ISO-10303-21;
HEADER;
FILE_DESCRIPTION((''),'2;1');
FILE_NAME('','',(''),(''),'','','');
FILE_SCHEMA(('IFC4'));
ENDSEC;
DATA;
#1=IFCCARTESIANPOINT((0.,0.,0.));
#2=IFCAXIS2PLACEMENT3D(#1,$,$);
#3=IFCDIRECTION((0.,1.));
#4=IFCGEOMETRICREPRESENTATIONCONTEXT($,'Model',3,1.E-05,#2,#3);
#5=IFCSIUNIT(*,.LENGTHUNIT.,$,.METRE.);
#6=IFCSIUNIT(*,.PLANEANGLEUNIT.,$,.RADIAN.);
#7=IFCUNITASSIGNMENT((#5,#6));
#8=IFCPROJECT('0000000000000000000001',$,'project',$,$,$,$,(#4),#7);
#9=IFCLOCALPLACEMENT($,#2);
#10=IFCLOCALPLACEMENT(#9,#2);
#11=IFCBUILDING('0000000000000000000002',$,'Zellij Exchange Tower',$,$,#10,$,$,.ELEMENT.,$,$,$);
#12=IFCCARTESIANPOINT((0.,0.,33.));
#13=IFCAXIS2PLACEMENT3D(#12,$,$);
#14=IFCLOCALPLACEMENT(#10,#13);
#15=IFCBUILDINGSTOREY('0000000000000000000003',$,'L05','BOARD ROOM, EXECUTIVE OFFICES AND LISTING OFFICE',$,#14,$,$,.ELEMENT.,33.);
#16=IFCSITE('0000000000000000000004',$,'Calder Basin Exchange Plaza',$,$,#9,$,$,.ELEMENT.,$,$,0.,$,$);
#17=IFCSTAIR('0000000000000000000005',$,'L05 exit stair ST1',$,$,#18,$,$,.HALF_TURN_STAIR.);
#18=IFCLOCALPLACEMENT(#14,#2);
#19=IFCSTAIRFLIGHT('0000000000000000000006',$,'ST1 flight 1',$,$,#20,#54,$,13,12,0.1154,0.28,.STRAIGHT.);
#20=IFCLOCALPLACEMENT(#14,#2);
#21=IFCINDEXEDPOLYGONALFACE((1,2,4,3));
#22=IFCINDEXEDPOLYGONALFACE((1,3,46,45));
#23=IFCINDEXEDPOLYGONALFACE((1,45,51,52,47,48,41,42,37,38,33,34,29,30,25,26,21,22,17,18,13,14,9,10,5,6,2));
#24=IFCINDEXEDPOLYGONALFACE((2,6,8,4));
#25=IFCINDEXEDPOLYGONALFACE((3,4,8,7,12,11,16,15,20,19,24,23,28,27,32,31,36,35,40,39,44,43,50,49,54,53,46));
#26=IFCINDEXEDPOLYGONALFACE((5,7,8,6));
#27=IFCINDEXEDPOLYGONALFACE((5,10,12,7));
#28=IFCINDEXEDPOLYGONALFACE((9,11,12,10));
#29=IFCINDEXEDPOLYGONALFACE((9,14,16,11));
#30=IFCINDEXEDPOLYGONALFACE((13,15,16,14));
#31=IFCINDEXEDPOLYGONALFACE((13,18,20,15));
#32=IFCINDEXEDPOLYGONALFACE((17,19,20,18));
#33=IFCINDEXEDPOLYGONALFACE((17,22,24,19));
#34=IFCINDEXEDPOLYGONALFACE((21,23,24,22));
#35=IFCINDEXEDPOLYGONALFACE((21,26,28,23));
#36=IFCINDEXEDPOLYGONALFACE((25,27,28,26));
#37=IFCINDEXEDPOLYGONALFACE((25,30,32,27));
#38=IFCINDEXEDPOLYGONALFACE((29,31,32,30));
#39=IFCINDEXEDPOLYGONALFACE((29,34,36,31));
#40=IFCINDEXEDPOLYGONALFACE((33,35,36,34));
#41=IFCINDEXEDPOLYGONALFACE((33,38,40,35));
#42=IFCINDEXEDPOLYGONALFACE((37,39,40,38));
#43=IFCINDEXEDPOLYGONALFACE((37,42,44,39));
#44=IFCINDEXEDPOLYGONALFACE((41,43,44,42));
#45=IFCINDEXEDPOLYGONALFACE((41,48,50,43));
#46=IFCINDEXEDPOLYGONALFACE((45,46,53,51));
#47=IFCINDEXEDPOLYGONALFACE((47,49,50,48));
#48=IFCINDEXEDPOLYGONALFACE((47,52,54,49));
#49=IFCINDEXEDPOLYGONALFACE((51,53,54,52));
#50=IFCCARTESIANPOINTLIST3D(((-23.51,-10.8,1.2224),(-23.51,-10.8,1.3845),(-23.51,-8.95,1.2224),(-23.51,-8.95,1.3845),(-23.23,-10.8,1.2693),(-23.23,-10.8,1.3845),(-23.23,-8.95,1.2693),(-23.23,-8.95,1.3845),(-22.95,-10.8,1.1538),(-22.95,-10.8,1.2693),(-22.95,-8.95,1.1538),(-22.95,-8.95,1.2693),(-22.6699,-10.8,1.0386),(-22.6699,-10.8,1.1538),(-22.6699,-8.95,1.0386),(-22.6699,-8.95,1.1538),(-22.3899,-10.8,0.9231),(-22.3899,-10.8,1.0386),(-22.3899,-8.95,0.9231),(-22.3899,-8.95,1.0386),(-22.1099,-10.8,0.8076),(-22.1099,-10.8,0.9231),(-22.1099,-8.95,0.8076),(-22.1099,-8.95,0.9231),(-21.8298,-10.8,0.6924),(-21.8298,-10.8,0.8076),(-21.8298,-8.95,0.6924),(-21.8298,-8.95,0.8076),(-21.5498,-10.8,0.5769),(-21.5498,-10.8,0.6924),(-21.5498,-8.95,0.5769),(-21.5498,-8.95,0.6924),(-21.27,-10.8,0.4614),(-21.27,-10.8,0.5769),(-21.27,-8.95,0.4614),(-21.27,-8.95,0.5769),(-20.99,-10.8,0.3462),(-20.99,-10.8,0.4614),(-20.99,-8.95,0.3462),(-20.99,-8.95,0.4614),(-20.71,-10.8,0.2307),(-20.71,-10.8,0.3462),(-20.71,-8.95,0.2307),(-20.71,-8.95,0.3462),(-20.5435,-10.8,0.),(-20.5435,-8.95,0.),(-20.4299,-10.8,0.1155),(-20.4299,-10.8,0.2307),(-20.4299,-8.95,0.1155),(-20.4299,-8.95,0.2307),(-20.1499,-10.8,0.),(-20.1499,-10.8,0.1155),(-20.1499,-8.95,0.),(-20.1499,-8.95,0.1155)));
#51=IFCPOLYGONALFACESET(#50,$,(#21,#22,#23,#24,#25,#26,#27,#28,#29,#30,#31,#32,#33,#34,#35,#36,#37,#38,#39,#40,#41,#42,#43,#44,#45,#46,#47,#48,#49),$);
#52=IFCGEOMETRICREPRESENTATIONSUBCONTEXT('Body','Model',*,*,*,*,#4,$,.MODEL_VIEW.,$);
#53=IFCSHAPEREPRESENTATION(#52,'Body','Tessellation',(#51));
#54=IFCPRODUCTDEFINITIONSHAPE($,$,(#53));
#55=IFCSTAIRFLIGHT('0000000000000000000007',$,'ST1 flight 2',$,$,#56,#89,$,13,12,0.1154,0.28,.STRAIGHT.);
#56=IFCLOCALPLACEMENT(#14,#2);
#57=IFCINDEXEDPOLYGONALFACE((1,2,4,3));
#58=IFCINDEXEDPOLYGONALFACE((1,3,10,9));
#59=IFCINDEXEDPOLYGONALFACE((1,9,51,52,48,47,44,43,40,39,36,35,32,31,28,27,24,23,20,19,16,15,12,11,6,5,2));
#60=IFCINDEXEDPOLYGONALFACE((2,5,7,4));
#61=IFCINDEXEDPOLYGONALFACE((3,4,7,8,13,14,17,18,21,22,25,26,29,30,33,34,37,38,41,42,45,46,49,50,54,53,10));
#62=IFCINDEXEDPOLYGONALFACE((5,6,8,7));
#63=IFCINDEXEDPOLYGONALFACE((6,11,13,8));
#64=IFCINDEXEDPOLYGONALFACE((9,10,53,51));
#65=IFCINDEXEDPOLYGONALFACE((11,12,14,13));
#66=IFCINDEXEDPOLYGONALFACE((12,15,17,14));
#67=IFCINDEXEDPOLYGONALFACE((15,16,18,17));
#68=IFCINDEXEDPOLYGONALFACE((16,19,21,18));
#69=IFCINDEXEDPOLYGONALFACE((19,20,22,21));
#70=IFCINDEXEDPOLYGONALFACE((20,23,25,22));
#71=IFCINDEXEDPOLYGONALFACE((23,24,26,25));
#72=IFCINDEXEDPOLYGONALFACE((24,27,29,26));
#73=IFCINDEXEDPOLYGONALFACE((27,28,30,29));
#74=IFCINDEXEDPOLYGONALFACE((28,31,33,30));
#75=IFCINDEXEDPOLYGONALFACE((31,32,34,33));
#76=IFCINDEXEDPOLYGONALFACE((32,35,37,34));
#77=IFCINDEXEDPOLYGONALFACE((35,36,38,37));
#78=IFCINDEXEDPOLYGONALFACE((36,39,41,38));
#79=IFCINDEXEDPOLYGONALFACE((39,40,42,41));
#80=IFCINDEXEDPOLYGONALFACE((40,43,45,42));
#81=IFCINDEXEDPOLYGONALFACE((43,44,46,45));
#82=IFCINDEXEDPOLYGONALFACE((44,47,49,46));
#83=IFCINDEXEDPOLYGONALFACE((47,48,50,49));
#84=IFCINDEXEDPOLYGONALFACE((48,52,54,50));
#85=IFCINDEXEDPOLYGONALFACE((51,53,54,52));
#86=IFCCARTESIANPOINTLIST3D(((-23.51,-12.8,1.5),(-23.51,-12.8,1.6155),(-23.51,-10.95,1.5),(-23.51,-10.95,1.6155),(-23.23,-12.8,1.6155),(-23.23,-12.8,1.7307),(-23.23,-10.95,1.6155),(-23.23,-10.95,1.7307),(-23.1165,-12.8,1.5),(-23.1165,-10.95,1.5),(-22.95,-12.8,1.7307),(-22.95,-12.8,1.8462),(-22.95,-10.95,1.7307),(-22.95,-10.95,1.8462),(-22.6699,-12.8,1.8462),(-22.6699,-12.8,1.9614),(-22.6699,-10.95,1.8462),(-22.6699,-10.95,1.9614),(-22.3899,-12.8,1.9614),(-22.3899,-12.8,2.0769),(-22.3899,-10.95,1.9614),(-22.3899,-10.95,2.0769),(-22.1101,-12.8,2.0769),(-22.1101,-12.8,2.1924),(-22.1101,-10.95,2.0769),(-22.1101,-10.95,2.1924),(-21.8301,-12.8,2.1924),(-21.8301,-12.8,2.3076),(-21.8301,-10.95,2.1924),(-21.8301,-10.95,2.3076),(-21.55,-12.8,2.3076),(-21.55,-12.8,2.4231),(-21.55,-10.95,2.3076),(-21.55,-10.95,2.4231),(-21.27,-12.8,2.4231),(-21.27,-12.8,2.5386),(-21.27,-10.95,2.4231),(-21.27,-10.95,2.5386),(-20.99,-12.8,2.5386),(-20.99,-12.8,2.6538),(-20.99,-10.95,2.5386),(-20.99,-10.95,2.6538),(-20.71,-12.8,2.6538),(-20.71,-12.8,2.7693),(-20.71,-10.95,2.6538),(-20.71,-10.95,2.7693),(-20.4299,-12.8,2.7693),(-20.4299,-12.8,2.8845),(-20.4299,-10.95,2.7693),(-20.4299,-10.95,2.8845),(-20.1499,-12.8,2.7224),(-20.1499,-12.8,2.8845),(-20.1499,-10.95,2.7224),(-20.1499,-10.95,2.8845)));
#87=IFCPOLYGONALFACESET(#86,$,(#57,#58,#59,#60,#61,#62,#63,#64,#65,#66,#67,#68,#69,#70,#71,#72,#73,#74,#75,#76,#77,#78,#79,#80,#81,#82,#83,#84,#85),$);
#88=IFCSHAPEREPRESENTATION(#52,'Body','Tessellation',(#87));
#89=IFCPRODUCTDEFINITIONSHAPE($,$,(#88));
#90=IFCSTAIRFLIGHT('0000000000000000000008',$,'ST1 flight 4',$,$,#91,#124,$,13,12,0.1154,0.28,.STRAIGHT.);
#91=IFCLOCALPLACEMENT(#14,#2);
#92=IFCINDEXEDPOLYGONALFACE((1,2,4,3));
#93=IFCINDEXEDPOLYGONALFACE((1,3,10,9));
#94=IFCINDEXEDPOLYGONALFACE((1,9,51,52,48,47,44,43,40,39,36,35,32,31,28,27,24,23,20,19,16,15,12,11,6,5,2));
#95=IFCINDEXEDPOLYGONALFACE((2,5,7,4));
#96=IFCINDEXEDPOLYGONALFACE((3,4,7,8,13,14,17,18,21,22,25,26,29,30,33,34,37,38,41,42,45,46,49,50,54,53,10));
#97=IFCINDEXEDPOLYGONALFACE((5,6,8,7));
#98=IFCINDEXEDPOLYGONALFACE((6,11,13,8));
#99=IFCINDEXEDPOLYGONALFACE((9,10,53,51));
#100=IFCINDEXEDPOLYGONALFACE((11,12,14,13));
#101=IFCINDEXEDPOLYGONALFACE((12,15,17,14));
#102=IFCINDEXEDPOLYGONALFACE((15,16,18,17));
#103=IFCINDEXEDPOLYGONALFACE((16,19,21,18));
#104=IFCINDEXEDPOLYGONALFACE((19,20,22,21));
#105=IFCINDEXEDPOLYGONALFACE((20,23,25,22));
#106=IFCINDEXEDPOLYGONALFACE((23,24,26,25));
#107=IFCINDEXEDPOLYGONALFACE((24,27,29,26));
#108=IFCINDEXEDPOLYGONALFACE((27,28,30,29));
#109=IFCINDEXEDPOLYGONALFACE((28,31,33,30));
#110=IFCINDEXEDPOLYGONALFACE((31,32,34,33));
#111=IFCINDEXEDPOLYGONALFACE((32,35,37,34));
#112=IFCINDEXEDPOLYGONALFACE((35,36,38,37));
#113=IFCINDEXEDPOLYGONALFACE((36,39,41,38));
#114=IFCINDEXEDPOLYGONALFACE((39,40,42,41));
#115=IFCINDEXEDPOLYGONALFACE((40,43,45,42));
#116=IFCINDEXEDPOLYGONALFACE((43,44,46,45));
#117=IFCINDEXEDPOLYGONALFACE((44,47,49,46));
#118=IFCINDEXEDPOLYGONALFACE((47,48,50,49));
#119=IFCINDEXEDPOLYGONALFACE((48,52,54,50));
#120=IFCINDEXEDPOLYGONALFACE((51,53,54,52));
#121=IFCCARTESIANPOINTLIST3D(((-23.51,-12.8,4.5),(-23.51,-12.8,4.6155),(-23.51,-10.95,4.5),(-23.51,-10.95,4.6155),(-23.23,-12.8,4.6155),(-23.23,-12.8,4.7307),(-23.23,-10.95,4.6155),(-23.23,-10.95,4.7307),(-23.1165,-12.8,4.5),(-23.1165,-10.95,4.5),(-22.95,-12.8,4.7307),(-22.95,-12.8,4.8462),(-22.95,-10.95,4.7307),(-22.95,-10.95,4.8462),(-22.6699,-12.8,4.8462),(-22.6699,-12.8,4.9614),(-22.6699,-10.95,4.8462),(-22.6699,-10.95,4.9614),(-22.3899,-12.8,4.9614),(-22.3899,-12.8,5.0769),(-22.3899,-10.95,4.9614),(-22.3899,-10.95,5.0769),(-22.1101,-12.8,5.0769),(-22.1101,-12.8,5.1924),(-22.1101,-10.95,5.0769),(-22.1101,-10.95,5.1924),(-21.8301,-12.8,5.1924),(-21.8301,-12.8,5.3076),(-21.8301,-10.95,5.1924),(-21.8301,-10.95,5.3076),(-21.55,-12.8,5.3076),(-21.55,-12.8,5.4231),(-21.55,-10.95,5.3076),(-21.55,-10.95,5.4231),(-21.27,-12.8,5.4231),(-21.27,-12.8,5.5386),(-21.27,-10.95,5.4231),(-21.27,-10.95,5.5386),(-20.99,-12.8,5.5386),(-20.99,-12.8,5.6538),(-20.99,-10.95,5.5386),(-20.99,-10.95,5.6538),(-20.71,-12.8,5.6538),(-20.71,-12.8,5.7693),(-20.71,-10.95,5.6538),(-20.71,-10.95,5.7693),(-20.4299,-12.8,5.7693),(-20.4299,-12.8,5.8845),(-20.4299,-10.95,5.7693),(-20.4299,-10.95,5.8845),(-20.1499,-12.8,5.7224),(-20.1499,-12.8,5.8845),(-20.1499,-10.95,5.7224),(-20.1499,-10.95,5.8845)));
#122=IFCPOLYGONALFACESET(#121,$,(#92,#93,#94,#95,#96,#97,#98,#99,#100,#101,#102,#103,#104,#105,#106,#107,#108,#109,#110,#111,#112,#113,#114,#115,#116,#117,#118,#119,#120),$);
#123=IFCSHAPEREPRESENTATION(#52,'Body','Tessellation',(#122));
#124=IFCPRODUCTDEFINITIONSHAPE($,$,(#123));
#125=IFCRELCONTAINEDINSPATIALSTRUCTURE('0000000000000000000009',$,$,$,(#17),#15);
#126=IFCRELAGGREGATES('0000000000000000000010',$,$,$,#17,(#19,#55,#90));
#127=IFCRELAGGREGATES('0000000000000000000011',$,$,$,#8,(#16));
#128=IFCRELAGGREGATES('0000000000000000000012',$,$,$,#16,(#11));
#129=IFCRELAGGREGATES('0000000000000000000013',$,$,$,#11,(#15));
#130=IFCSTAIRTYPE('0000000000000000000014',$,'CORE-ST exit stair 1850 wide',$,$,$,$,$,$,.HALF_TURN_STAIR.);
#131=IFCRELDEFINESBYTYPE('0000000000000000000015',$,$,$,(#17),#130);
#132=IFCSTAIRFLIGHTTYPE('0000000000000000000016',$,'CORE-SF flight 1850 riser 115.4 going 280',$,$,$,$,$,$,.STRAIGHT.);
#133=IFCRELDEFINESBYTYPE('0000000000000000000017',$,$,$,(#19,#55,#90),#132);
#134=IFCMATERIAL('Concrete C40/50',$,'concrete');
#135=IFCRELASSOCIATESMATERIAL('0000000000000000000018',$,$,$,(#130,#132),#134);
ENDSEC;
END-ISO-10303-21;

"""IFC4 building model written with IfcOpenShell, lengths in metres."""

from ifc_helpers import new_model, si_unit, direction, frame, origin, place, context, subcontext, project, spatial, polyline, outline, extrude, material, type_object, element, aggregate, save


model = new_model("IFC4")

# Units and contexts
model_context = context("Model", 3, precision=1e-05, world=origin(), true_north=direction((0.0, 1.0)))
body_context = subcontext(model_context, "Body", "Model", "MODEL_VIEW")
ifc_project = project(units=[si_unit("LENGTHUNIT", "METRE"), si_unit("PLANEANGLEUNIT", "RADIAN")], contexts=[model_context])

# Site, building, storey
site_placement = place(None, origin())
site = spatial("IfcSite", under=ifc_project, at=site_placement, Name="Calder Basin Exchange Plaza", CompositionType="ELEMENT", RefElevation=0.0)
building_placement = place(site_placement, origin())
building = spatial("IfcBuilding", under=site, at=building_placement, Name="Zellij Exchange Tower", CompositionType="ELEMENT")
storey_placement = place(building_placement, frame((0.0, 0.0, 33.0)))
storey = spatial("IfcBuildingStorey", under=building, at=storey_placement, Name="L05", Description="BOARD ROOM, EXECUTIVE OFFICES AND LISTING OFFICE", CompositionType="ELEMENT", Elevation=33.0)

# Stair, stair flights
ifc_material_1 = material(Name="Concrete C40/50", Category="concrete")
stair_type = type_object("IfcStairType", Name="CORE-ST exit stair 1850 wide", PredefinedType="HALF_TURN_STAIR", material=ifc_material_1)
stair_placement = place(storey_placement, origin())
stair = element("IfcStair", 1, at=stair_placement, inside=storey, type_object=stair_type, Name="L05 exit stair ST1", PredefinedType="HALF_TURN_STAIR")
stair_flight_type = type_object("IfcStairFlightType", Name="CORE-SF flight 1850 riser 115.4 going 280", PredefinedType="STRAIGHT", material=ifc_material_1)
stair_flight_1_placement = place(storey_placement, frame((-20.1499, -9.875, 0.0), z_axis=(0.0, 0.0, 1.0), x_axis=(-1.0, 0.0, 0.0)))
stair_flight_1 = element("IfcStairFlight", 2, at=stair_flight_1_placement, type_object=stair_flight_type, Name="ST1 flight 1", NumberOfRisers=13, NumberOfTreads=12, PredefinedType="STRAIGHT", RiserHeight=0.1154, TreadLength=0.28, context=body_context, shape_type="SweptSolid", body=[
    extrude(outline(polyline([(0.0, 0.0), (0.0, 0.1155), (0.28, 0.1155), (0.28, 0.2307), (0.5601, 0.2307), (0.5601, 0.3462), (0.8401, 0.3462), (0.8401, 0.4614), (1.1201, 0.4614), (1.1201, 0.5769), (1.3999, 0.5769), (1.3999, 0.6924), (1.6799, 0.6924), (1.6799, 0.8076), (1.96, 0.8076), (1.96, 0.9231), (2.24, 0.9231), (2.24, 1.0386), (2.52, 1.0386), (2.52, 1.1538), (2.8, 1.1538), (2.8, 1.2693), (3.0801, 1.2693), (3.0801, 1.3845), (3.3601, 1.3845), (3.3601, 1.5), (3.3601, 1.2224), (0.3936, 0.0), (0.0, 0.0)])), frame((0.0, 0.925, 0.0), z_axis=(0.0, -1.0, 0.0), x_axis=(1.0, 0.0, 0.0)), (0.0, 0.0, 1.0), 1.8501),
])
stair_flight_2_placement = place(storey_placement, frame((-23.51, -11.875, 1.5), z_axis=(0.0, 0.0, 1.0), x_axis=(1.0, 0.0, 0.0)))
stair_flight_2 = element("IfcStairFlight", 3, at=stair_flight_2_placement, type_object=stair_flight_type, Name="ST1 flight 2", NumberOfRisers=13, NumberOfTreads=12, PredefinedType="STRAIGHT", RiserHeight=0.1154, TreadLength=0.28, context=body_context, shape_type="SweptSolid", body=[
    extrude(outline(polyline([(0.0, 0.0), (0.0, 0.1155), (0.28, 0.1155), (0.28, 0.2307), (0.5601, 0.2307), (0.5601, 0.3462), (0.8401, 0.3462), (0.8401, 0.4614), (1.1201, 0.4614), (1.1201, 0.5769), (1.3999, 0.5769), (1.3999, 0.6924), (1.6799, 0.6924), (1.6799, 0.8076), (1.96, 0.8076), (1.96, 0.9231), (2.24, 0.9231), (2.24, 1.0386), (2.52, 1.0386), (2.52, 1.1538), (2.8, 1.1538), (2.8, 1.2693), (3.0801, 1.2693), (3.0801, 1.3845), (3.3601, 1.3845), (3.3601, 1.5), (3.3601, 1.2224), (0.3936, 0.0), (0.0, 0.0)])), frame((0.0, 0.925, 0.0), z_axis=(0.0, -1.0, 0.0), x_axis=(1.0, 0.0, 0.0)), (0.0, 0.0, 1.0), 1.8501),
])
stair_flight_3_placement = place(storey_placement, frame((-23.51, -11.875, 4.5), z_axis=(0.0, 0.0, 1.0), x_axis=(1.0, 0.0, 0.0)))
stair_flight_3 = element("IfcStairFlight", 4, at=stair_flight_3_placement, type_object=stair_flight_type, Name="ST1 flight 4", NumberOfRisers=13, NumberOfTreads=12, PredefinedType="STRAIGHT", RiserHeight=0.1154, TreadLength=0.28, context=body_context, shape_type="SweptSolid", body=[
    extrude(outline(polyline([(0.0, 0.0), (0.0, 0.1155), (0.28, 0.1155), (0.28, 0.2307), (0.5601, 0.2307), (0.5601, 0.3462), (0.8401, 0.3462), (0.8401, 0.4614), (1.1201, 0.4614), (1.1201, 0.5769), (1.3999, 0.5769), (1.3999, 0.6924), (1.6799, 0.6924), (1.6799, 0.8076), (1.96, 0.8076), (1.96, 0.9231), (2.24, 0.9231), (2.24, 1.0386), (2.52, 1.0386), (2.52, 1.1538), (2.8, 1.1538), (2.8, 1.2693), (3.0801, 1.2693), (3.0801, 1.3845), (3.3601, 1.3845), (3.3601, 1.5), (3.3601, 1.2224), (0.3936, 0.0), (0.0, 0.0)])), frame((0.0, 0.925, 0.0), z_axis=(0.0, -1.0, 0.0), x_axis=(1.0, 0.0, 0.0)), (0.0, 0.0, 1.0), 1.8501),
])
aggregate(stair, [stair_flight_1, stair_flight_2, stair_flight_3])

save(model, "model.ifc")
